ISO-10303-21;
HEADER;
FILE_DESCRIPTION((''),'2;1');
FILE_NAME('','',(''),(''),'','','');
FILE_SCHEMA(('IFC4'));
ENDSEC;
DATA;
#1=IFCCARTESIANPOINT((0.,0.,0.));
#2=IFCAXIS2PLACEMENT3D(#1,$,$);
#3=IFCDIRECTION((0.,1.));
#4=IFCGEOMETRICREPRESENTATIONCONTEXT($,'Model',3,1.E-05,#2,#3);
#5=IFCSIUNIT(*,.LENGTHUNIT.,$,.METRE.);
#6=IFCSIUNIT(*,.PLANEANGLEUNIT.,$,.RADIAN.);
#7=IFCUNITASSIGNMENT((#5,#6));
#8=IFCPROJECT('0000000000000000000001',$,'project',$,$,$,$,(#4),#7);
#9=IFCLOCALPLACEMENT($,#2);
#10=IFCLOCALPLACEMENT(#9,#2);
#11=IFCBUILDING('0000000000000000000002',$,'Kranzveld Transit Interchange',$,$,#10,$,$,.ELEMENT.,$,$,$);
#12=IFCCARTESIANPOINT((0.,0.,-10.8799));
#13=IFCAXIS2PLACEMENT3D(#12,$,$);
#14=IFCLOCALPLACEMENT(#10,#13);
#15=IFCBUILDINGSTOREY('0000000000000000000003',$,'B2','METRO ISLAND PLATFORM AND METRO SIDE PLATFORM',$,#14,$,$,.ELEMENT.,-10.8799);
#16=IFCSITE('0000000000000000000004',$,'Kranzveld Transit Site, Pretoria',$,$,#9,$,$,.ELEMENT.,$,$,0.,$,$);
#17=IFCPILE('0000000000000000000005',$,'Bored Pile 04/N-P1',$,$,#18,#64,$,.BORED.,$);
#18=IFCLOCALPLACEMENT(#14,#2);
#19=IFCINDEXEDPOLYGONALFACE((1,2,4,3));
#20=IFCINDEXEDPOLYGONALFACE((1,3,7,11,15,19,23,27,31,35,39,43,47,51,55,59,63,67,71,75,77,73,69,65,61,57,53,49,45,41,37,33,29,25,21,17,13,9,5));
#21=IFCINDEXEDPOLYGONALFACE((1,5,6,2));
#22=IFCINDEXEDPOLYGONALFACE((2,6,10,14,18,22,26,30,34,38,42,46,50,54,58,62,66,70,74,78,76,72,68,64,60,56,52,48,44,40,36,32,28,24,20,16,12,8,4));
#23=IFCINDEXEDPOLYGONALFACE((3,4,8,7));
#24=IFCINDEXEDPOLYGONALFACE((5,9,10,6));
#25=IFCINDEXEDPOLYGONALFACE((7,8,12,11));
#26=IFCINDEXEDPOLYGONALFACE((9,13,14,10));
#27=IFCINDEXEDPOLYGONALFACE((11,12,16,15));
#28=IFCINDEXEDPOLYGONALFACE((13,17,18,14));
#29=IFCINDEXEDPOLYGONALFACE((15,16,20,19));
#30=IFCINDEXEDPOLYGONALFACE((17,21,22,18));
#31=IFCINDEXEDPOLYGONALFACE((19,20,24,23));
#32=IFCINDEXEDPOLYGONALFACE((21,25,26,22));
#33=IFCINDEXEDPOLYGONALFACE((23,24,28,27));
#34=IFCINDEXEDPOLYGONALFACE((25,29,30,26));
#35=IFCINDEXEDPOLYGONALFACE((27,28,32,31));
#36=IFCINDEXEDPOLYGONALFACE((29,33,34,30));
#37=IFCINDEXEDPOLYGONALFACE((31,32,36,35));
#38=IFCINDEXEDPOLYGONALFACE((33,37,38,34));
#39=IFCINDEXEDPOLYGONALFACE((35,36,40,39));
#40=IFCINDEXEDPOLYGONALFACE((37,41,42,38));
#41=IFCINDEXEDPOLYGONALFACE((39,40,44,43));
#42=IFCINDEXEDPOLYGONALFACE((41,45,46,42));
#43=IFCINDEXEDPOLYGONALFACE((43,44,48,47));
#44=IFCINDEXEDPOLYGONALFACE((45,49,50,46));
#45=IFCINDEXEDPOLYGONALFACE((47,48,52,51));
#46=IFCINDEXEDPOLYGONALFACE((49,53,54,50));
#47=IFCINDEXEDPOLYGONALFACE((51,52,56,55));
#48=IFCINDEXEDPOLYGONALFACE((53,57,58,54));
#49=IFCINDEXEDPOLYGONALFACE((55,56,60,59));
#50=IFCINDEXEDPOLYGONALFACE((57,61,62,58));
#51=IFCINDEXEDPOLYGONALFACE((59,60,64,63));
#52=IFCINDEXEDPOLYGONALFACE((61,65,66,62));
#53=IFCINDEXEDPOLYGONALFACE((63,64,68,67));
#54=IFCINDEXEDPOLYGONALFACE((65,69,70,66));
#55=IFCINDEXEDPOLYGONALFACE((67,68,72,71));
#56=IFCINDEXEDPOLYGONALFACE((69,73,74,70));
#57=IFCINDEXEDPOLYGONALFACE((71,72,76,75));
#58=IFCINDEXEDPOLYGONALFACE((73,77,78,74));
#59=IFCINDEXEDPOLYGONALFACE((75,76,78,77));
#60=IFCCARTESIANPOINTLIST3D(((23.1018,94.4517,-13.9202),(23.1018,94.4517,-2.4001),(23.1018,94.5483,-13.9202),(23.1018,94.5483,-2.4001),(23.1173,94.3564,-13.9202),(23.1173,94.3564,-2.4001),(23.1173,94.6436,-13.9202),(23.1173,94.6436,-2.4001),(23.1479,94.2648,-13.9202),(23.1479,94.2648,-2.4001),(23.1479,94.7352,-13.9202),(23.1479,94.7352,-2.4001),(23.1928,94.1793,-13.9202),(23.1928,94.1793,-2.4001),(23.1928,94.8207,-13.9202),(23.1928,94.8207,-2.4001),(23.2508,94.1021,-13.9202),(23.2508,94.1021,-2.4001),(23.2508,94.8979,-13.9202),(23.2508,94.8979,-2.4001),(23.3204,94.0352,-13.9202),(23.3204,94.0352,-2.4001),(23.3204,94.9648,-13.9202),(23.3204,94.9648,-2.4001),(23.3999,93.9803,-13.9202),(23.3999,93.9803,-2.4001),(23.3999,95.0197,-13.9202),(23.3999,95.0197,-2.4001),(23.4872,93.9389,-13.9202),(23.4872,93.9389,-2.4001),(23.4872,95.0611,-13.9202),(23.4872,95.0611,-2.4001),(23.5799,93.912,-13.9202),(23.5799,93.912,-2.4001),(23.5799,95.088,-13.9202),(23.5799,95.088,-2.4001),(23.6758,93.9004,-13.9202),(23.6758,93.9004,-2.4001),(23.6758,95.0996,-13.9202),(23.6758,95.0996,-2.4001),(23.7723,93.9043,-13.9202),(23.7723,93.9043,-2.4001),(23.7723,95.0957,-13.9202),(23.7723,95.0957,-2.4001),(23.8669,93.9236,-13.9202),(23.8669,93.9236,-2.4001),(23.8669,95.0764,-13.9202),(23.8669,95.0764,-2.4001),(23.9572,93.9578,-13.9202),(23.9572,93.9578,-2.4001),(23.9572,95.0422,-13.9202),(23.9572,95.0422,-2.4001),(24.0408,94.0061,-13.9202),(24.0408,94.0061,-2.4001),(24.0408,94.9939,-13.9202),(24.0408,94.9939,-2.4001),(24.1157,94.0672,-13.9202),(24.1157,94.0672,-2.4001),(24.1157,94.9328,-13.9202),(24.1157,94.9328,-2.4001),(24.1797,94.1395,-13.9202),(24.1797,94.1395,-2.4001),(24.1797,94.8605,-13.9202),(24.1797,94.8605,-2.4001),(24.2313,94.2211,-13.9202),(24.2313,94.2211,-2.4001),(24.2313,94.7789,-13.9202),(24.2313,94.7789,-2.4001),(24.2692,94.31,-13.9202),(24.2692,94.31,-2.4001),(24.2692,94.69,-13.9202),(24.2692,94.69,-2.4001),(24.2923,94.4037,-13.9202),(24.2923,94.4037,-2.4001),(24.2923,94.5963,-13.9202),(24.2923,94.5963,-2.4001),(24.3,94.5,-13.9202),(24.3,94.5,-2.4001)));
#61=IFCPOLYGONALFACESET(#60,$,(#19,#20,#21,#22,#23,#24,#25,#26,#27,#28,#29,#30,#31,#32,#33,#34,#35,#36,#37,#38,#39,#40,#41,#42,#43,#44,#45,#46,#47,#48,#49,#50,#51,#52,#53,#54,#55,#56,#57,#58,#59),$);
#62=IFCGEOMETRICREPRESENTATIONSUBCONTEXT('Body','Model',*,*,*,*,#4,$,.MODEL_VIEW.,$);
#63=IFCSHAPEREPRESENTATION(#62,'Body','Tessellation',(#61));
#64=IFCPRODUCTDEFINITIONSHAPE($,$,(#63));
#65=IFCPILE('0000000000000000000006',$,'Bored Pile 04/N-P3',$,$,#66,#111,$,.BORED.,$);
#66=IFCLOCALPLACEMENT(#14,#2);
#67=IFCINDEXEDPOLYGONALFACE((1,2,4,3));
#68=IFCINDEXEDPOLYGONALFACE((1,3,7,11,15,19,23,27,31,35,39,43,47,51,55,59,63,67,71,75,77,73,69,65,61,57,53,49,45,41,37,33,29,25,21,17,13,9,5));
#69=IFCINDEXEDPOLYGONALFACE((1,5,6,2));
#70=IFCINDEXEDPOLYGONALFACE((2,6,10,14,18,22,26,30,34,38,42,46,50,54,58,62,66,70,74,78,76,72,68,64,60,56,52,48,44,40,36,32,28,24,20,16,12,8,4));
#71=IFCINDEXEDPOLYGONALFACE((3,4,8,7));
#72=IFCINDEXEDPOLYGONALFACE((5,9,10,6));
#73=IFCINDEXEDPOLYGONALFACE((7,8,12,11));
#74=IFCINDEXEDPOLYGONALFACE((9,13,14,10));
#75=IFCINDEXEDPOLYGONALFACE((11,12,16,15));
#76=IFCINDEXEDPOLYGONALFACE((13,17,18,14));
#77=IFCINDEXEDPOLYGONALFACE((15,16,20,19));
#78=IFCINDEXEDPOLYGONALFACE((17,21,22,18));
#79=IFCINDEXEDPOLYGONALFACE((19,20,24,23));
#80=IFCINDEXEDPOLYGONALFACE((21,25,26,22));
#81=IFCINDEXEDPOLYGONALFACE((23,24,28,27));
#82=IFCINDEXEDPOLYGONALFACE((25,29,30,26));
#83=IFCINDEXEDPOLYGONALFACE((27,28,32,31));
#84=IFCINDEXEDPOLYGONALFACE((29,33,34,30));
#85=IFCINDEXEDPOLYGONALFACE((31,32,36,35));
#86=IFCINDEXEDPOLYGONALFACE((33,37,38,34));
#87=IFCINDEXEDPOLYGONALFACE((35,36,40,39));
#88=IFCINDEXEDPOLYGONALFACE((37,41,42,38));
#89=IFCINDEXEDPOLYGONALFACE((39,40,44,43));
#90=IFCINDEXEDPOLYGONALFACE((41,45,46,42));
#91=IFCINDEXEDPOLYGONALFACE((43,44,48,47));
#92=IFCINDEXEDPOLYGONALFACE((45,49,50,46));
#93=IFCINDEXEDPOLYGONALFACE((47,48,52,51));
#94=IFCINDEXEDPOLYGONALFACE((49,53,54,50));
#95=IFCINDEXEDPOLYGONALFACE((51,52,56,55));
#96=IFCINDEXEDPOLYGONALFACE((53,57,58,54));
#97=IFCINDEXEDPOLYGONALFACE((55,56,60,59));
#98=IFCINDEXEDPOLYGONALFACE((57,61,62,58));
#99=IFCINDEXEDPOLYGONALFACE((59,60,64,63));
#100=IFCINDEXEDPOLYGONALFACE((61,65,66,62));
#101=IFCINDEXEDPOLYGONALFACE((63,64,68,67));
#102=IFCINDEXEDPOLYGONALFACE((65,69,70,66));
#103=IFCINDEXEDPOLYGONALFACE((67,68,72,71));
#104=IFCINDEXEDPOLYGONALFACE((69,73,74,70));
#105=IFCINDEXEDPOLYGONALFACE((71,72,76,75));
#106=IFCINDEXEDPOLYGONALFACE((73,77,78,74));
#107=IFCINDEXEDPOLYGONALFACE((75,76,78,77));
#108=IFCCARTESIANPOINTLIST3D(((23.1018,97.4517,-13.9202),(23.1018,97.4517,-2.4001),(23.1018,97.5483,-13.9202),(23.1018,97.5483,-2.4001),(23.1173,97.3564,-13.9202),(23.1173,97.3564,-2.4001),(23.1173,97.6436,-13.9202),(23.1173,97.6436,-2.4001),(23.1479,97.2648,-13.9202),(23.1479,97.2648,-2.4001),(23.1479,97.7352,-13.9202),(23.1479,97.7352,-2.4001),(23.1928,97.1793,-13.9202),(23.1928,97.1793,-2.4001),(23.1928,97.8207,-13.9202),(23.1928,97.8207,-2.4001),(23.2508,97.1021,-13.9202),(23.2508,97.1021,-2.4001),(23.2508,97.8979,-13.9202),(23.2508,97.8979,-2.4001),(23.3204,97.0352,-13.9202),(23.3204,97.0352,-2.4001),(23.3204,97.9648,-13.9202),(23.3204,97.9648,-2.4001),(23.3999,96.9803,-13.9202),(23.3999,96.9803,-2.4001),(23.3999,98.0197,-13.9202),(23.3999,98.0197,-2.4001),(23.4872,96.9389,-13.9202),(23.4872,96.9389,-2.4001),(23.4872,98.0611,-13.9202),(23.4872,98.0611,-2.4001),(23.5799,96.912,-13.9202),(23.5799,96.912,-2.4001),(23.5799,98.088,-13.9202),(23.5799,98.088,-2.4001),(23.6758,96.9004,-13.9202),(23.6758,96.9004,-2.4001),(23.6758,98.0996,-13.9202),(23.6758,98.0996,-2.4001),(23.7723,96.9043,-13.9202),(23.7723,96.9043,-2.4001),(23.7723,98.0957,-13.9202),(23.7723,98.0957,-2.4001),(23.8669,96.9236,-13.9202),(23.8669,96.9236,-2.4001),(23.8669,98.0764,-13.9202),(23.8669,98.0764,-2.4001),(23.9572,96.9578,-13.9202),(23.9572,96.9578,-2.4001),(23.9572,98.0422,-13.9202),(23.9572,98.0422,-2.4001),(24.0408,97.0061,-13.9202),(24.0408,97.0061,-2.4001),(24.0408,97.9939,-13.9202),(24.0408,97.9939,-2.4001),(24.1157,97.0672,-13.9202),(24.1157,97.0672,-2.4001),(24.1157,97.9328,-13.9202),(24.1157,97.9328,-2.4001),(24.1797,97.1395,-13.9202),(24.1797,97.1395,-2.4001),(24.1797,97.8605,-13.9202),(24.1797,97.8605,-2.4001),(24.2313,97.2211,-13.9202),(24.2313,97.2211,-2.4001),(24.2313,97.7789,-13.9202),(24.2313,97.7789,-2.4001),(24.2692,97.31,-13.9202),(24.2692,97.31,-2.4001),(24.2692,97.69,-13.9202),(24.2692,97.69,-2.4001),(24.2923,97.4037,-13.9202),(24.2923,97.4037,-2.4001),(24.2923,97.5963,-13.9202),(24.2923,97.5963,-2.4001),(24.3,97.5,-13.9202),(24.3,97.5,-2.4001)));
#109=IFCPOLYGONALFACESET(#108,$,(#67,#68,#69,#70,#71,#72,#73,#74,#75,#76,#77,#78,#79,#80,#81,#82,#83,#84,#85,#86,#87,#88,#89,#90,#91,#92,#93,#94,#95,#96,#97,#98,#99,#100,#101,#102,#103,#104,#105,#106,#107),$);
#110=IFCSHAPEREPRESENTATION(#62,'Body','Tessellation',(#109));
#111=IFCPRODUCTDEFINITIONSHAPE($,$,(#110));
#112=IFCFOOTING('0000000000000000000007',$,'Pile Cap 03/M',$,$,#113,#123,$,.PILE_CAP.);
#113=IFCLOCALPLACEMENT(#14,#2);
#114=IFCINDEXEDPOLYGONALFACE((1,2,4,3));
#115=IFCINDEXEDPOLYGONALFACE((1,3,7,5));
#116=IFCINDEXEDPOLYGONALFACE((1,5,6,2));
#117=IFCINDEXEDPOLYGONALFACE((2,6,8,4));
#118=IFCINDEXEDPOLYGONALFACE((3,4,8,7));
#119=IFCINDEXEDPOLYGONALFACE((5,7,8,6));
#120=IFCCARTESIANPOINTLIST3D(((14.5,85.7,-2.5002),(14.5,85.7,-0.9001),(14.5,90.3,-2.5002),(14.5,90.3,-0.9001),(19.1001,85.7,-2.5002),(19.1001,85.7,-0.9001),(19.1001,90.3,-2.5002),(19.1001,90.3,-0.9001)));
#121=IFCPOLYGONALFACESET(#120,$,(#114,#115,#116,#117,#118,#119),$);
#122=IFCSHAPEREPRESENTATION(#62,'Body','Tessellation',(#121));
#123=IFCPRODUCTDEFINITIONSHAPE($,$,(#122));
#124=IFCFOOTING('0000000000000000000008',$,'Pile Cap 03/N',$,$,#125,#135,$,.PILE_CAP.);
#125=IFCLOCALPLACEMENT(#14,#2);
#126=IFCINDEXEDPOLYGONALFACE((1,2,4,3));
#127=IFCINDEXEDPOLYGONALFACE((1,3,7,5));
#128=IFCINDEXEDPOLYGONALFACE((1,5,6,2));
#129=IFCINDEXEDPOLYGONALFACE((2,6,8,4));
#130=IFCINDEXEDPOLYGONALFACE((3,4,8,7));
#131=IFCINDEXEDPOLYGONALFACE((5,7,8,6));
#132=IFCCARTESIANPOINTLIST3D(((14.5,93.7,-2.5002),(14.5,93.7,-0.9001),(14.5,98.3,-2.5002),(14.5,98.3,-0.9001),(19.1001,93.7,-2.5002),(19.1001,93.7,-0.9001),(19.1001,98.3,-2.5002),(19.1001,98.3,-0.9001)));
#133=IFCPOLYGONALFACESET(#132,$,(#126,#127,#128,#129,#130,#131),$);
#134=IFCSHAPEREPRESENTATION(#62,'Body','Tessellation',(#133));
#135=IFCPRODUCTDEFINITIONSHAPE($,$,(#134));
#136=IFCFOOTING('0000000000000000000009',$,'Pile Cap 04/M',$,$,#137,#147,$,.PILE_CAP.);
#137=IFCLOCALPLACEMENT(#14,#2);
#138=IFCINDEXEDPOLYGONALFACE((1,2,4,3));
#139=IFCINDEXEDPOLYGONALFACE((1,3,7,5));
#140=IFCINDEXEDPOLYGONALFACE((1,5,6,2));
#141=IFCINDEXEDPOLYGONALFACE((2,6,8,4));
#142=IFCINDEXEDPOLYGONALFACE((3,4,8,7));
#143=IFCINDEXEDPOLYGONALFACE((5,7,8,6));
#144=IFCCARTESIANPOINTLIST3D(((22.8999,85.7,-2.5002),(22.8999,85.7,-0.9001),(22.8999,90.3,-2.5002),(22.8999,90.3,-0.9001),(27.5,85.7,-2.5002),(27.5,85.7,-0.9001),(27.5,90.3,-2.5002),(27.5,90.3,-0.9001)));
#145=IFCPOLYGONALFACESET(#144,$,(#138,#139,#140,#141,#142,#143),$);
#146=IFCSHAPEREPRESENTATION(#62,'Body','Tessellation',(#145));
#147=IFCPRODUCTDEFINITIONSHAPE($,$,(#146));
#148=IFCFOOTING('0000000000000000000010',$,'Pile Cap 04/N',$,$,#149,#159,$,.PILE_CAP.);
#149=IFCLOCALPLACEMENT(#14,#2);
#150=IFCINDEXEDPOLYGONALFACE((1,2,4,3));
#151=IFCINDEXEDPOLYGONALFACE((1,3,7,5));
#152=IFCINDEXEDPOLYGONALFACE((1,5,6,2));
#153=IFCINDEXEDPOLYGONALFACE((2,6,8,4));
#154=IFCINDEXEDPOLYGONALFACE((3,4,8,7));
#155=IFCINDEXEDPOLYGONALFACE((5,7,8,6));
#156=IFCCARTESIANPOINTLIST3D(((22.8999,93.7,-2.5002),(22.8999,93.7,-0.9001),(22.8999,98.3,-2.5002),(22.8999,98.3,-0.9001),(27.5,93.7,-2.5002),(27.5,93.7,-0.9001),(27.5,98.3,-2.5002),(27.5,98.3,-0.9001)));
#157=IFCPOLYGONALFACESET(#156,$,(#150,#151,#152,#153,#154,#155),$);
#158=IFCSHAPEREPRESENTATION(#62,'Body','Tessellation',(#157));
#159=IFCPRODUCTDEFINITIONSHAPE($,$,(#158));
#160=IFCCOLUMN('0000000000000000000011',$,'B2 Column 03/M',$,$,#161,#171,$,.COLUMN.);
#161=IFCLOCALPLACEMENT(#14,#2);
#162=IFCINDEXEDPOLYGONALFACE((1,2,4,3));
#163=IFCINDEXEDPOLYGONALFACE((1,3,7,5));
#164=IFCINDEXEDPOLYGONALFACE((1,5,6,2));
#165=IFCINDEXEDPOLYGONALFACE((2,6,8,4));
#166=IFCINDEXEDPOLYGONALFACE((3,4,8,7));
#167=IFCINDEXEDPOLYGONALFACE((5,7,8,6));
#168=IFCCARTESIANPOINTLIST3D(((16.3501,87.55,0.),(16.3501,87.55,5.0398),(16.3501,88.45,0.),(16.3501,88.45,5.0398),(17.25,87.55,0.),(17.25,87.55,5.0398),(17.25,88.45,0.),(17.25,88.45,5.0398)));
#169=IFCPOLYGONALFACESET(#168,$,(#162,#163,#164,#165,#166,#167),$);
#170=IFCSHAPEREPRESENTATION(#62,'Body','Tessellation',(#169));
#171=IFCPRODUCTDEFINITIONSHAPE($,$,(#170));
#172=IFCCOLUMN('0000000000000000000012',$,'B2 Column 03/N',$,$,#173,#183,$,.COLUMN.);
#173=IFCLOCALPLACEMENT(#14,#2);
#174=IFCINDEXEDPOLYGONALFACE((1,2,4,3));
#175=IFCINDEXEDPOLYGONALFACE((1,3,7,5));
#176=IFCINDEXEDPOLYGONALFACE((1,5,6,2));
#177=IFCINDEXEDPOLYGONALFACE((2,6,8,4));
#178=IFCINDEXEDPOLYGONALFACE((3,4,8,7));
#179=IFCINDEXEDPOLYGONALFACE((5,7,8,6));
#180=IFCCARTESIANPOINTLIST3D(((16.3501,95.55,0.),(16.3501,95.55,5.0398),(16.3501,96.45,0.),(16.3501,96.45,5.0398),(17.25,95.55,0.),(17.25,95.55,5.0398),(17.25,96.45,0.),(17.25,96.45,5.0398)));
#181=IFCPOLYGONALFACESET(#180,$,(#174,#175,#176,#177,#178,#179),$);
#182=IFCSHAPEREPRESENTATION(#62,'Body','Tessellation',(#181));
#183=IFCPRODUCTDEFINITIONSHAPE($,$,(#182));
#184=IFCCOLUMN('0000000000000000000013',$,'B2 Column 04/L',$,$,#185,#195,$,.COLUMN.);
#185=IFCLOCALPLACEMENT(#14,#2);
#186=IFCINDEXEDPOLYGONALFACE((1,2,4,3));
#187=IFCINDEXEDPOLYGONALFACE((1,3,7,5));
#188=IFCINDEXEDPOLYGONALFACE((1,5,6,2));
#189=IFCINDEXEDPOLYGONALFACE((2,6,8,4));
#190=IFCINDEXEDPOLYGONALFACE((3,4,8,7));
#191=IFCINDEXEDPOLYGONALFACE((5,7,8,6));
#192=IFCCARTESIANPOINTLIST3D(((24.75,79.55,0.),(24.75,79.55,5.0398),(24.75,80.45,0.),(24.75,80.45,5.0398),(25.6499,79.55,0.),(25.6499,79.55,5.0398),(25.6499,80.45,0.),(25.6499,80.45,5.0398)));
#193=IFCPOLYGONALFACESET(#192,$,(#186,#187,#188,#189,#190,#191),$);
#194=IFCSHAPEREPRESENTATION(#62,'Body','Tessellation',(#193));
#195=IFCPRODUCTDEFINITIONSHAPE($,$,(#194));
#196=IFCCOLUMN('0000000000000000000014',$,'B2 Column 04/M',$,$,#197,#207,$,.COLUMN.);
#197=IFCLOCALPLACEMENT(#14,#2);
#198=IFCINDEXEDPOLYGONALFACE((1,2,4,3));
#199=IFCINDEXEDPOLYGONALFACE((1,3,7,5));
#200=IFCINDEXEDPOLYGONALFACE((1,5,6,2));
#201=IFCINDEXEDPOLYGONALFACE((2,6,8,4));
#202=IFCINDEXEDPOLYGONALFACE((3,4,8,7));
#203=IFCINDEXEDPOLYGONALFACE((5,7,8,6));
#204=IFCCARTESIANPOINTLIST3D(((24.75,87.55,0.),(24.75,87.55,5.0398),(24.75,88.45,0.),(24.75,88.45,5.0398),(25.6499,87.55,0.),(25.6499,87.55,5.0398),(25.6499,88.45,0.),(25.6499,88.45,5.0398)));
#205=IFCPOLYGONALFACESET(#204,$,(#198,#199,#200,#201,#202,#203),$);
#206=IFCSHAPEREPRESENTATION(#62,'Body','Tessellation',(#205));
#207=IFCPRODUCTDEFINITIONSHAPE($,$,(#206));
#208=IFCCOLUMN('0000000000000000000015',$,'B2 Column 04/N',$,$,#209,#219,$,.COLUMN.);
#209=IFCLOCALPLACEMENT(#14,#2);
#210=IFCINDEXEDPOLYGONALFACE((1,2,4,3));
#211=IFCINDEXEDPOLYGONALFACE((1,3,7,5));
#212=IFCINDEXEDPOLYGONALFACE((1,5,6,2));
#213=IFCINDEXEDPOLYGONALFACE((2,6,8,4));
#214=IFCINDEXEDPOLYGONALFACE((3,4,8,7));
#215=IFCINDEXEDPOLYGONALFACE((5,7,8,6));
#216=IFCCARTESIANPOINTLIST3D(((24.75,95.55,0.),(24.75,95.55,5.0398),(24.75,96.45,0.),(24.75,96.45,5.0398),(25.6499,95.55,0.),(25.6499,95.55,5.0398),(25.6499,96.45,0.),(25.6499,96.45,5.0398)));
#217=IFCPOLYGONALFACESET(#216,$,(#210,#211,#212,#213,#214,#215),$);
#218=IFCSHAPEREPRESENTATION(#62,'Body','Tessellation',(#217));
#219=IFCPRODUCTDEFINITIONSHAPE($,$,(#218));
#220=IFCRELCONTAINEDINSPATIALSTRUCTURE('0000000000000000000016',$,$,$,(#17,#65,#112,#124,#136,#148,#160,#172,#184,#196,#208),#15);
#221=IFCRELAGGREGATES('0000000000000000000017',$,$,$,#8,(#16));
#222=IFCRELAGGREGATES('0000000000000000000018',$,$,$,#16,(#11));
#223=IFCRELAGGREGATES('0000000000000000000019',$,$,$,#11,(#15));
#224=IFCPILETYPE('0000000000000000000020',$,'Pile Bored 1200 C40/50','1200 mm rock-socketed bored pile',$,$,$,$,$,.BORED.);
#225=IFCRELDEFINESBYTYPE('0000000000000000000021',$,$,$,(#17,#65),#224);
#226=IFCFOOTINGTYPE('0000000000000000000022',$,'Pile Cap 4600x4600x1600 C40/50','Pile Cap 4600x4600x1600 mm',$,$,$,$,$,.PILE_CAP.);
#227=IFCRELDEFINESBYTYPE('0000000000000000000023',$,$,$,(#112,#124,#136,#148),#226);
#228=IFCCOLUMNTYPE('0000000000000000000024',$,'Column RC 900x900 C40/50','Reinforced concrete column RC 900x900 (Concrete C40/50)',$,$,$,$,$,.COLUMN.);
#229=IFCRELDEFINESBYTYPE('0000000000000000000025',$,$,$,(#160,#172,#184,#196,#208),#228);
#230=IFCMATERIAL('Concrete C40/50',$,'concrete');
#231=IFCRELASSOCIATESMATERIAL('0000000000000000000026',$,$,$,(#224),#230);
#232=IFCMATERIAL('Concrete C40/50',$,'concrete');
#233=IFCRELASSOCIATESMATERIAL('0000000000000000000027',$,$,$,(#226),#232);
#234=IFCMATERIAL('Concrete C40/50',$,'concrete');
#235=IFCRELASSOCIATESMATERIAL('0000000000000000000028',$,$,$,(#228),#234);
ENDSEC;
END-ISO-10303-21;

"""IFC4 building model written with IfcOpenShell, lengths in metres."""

from ifc_helpers import new_model, si_unit, direction, frame, origin, origin_2d, place, context, subcontext, project, spatial, rectangle, circle, extrude, material, material_profile, profile_set, type_object, element, save


model = new_model("IFC4")

# Units and contexts
model_context = context("Model", 3, precision=1e-05, world=origin(), true_north=direction((0.0, 1.0)))
body_context = subcontext(model_context, "Body", "Model", "MODEL_VIEW")
ifc_project = project(units=[si_unit("LENGTHUNIT", "METRE"), si_unit("PLANEANGLEUNIT", "RADIAN")], contexts=[model_context])

# Site, building, storey
site_placement = place(None, origin())
site = spatial("IfcSite", under=ifc_project, at=site_placement, Name="Kranzveld Transit Site, Pretoria", CompositionType="ELEMENT", RefElevation=0.0)
building_placement = place(site_placement, origin())
building = spatial("IfcBuilding", under=site, at=building_placement, Name="Kranzveld Transit Interchange", CompositionType="ELEMENT")
storey_placement = place(building_placement, frame((0.0, 0.0, -10.8799)))
storey = spatial("IfcBuildingStorey", under=building, at=storey_placement, Name="B2", Description="METRO ISLAND PLATFORM AND METRO SIDE PLATFORM", CompositionType="ELEMENT", Elevation=-10.8799)

# Piles
ifc_material_1 = material(Name="Concrete C40/50", Category="concrete")
ifc_material_profile_1 = material_profile(ifc_material_1, circle(Radius=0.6001, at=origin_2d()), Name="BORED PILE 1200")
ifc_profile_set_1 = profile_set([ifc_material_profile_1], Name="Concrete C40/50")
pile_type = type_object("IfcPileType", Name="Pile Bored 1200 C40/50", Description="1200 mm rock-socketed bored pile", PredefinedType="BORED", material=ifc_profile_set_1)
for number, where, z_axis, x_axis, name in (
    (1, (23.7, 94.5, -2.4001), (0.0, 0.0, -1.0), (1.0, 0.0, 0.0), "Bored Pile 04/N-P1"),
    (2, (23.7, 97.5, -2.4001), (0.0, 0.0, -1.0), (1.0, 0.0, 0.0), "Bored Pile 04/N-P3"),
):
    element("IfcPile", number, at=place(storey_placement, frame(where, z_axis=z_axis, x_axis=x_axis)), inside=storey, type_object=pile_type, Name=name, PredefinedType="BORED", context=body_context, shape_type="SweptSolid", body=[
        extrude(circle(Radius=0.6001, at=origin_2d()), origin(), (0.0, 0.0, 1.0), 11.52),
    ])

# Footings
ifc_material_2 = material(Name="Concrete C40/50", Category="concrete")
footing_type = type_object("IfcFootingType", Name="Pile Cap 4600x4600x1600 C40/50", Description="Pile Cap 4600x4600x1600 mm", PredefinedType="PILE_CAP", material=ifc_material_2)
for number, where, z_axis, x_axis, name in (
    (3, (16.8, 88.0, -2.5002), (0.0, 0.0, 1.0), (1.0, 0.0, 0.0), "Pile Cap 03/M"),
    (4, (16.8, 96.0, -2.5002), (0.0, 0.0, 1.0), (1.0, 0.0, 0.0), "Pile Cap 03/N"),
    (5, (25.2, 88.0, -2.5002), (0.0, 0.0, 1.0), (1.0, 0.0, 0.0), "Pile Cap 04/M"),
    (6, (25.2, 96.0, -2.5002), (0.0, 0.0, 1.0), (1.0, 0.0, 0.0), "Pile Cap 04/N"),
):
    element("IfcFooting", number, at=place(storey_placement, frame(where, z_axis=z_axis, x_axis=x_axis)), inside=storey, type_object=footing_type, Name=name, PredefinedType="PILE_CAP", context=body_context, shape_type="SweptSolid", body=[
        extrude(rectangle(XDim=4.6001, YDim=4.6001, at=origin_2d()), origin(), (0.0, 0.0, 1.0), 1.6001),
    ])

# Columns
ifc_material_3 = material(Name="Concrete C40/50", Category="concrete")
ifc_material_profile_2 = material_profile(ifc_material_3, rectangle(XDim=0.8999, YDim=0.8999, at=origin_2d()), Name="RC 900x900")
ifc_profile_set_2 = profile_set([ifc_material_profile_2], Name="Concrete C40/50")
column_type = type_object("IfcColumnType", Name="Column RC 900x900 C40/50", Description="Reinforced concrete column RC 900x900 (Concrete C40/50)", PredefinedType="COLUMN", material=ifc_profile_set_2)
for number, where, z_axis, x_axis, name in (
    (7, (16.8, 88.0, 0.0), (0.0, 0.0, 1.0), (1.0, 0.0, 0.0), "B2 Column 03/M"),
    (8, (16.8, 96.0, 0.0), (0.0, 0.0, 1.0), (1.0, 0.0, 0.0), "B2 Column 03/N"),
    (9, (25.2, 80.0, 0.0), (0.0, 0.0, 1.0), (1.0, 0.0, 0.0), "B2 Column 04/L"),
    (10, (25.2, 88.0, 0.0), (0.0, 0.0, 1.0), (1.0, 0.0, 0.0), "B2 Column 04/M"),
    (11, (25.2, 96.0, 0.0), (0.0, 0.0, 1.0), (1.0, 0.0, 0.0), "B2 Column 04/N"),
):
    element("IfcColumn", number, at=place(storey_placement, frame(where, z_axis=z_axis, x_axis=x_axis)), inside=storey, type_object=column_type, Name=name, PredefinedType="COLUMN", context=body_context, shape_type="SweptSolid", body=[
        extrude(rectangle(XDim=0.8999, YDim=0.8999, at=origin_2d()), origin(), (0.0, 0.0, 1.0), 5.0398),
    ])

save(model, "model.ifc")
